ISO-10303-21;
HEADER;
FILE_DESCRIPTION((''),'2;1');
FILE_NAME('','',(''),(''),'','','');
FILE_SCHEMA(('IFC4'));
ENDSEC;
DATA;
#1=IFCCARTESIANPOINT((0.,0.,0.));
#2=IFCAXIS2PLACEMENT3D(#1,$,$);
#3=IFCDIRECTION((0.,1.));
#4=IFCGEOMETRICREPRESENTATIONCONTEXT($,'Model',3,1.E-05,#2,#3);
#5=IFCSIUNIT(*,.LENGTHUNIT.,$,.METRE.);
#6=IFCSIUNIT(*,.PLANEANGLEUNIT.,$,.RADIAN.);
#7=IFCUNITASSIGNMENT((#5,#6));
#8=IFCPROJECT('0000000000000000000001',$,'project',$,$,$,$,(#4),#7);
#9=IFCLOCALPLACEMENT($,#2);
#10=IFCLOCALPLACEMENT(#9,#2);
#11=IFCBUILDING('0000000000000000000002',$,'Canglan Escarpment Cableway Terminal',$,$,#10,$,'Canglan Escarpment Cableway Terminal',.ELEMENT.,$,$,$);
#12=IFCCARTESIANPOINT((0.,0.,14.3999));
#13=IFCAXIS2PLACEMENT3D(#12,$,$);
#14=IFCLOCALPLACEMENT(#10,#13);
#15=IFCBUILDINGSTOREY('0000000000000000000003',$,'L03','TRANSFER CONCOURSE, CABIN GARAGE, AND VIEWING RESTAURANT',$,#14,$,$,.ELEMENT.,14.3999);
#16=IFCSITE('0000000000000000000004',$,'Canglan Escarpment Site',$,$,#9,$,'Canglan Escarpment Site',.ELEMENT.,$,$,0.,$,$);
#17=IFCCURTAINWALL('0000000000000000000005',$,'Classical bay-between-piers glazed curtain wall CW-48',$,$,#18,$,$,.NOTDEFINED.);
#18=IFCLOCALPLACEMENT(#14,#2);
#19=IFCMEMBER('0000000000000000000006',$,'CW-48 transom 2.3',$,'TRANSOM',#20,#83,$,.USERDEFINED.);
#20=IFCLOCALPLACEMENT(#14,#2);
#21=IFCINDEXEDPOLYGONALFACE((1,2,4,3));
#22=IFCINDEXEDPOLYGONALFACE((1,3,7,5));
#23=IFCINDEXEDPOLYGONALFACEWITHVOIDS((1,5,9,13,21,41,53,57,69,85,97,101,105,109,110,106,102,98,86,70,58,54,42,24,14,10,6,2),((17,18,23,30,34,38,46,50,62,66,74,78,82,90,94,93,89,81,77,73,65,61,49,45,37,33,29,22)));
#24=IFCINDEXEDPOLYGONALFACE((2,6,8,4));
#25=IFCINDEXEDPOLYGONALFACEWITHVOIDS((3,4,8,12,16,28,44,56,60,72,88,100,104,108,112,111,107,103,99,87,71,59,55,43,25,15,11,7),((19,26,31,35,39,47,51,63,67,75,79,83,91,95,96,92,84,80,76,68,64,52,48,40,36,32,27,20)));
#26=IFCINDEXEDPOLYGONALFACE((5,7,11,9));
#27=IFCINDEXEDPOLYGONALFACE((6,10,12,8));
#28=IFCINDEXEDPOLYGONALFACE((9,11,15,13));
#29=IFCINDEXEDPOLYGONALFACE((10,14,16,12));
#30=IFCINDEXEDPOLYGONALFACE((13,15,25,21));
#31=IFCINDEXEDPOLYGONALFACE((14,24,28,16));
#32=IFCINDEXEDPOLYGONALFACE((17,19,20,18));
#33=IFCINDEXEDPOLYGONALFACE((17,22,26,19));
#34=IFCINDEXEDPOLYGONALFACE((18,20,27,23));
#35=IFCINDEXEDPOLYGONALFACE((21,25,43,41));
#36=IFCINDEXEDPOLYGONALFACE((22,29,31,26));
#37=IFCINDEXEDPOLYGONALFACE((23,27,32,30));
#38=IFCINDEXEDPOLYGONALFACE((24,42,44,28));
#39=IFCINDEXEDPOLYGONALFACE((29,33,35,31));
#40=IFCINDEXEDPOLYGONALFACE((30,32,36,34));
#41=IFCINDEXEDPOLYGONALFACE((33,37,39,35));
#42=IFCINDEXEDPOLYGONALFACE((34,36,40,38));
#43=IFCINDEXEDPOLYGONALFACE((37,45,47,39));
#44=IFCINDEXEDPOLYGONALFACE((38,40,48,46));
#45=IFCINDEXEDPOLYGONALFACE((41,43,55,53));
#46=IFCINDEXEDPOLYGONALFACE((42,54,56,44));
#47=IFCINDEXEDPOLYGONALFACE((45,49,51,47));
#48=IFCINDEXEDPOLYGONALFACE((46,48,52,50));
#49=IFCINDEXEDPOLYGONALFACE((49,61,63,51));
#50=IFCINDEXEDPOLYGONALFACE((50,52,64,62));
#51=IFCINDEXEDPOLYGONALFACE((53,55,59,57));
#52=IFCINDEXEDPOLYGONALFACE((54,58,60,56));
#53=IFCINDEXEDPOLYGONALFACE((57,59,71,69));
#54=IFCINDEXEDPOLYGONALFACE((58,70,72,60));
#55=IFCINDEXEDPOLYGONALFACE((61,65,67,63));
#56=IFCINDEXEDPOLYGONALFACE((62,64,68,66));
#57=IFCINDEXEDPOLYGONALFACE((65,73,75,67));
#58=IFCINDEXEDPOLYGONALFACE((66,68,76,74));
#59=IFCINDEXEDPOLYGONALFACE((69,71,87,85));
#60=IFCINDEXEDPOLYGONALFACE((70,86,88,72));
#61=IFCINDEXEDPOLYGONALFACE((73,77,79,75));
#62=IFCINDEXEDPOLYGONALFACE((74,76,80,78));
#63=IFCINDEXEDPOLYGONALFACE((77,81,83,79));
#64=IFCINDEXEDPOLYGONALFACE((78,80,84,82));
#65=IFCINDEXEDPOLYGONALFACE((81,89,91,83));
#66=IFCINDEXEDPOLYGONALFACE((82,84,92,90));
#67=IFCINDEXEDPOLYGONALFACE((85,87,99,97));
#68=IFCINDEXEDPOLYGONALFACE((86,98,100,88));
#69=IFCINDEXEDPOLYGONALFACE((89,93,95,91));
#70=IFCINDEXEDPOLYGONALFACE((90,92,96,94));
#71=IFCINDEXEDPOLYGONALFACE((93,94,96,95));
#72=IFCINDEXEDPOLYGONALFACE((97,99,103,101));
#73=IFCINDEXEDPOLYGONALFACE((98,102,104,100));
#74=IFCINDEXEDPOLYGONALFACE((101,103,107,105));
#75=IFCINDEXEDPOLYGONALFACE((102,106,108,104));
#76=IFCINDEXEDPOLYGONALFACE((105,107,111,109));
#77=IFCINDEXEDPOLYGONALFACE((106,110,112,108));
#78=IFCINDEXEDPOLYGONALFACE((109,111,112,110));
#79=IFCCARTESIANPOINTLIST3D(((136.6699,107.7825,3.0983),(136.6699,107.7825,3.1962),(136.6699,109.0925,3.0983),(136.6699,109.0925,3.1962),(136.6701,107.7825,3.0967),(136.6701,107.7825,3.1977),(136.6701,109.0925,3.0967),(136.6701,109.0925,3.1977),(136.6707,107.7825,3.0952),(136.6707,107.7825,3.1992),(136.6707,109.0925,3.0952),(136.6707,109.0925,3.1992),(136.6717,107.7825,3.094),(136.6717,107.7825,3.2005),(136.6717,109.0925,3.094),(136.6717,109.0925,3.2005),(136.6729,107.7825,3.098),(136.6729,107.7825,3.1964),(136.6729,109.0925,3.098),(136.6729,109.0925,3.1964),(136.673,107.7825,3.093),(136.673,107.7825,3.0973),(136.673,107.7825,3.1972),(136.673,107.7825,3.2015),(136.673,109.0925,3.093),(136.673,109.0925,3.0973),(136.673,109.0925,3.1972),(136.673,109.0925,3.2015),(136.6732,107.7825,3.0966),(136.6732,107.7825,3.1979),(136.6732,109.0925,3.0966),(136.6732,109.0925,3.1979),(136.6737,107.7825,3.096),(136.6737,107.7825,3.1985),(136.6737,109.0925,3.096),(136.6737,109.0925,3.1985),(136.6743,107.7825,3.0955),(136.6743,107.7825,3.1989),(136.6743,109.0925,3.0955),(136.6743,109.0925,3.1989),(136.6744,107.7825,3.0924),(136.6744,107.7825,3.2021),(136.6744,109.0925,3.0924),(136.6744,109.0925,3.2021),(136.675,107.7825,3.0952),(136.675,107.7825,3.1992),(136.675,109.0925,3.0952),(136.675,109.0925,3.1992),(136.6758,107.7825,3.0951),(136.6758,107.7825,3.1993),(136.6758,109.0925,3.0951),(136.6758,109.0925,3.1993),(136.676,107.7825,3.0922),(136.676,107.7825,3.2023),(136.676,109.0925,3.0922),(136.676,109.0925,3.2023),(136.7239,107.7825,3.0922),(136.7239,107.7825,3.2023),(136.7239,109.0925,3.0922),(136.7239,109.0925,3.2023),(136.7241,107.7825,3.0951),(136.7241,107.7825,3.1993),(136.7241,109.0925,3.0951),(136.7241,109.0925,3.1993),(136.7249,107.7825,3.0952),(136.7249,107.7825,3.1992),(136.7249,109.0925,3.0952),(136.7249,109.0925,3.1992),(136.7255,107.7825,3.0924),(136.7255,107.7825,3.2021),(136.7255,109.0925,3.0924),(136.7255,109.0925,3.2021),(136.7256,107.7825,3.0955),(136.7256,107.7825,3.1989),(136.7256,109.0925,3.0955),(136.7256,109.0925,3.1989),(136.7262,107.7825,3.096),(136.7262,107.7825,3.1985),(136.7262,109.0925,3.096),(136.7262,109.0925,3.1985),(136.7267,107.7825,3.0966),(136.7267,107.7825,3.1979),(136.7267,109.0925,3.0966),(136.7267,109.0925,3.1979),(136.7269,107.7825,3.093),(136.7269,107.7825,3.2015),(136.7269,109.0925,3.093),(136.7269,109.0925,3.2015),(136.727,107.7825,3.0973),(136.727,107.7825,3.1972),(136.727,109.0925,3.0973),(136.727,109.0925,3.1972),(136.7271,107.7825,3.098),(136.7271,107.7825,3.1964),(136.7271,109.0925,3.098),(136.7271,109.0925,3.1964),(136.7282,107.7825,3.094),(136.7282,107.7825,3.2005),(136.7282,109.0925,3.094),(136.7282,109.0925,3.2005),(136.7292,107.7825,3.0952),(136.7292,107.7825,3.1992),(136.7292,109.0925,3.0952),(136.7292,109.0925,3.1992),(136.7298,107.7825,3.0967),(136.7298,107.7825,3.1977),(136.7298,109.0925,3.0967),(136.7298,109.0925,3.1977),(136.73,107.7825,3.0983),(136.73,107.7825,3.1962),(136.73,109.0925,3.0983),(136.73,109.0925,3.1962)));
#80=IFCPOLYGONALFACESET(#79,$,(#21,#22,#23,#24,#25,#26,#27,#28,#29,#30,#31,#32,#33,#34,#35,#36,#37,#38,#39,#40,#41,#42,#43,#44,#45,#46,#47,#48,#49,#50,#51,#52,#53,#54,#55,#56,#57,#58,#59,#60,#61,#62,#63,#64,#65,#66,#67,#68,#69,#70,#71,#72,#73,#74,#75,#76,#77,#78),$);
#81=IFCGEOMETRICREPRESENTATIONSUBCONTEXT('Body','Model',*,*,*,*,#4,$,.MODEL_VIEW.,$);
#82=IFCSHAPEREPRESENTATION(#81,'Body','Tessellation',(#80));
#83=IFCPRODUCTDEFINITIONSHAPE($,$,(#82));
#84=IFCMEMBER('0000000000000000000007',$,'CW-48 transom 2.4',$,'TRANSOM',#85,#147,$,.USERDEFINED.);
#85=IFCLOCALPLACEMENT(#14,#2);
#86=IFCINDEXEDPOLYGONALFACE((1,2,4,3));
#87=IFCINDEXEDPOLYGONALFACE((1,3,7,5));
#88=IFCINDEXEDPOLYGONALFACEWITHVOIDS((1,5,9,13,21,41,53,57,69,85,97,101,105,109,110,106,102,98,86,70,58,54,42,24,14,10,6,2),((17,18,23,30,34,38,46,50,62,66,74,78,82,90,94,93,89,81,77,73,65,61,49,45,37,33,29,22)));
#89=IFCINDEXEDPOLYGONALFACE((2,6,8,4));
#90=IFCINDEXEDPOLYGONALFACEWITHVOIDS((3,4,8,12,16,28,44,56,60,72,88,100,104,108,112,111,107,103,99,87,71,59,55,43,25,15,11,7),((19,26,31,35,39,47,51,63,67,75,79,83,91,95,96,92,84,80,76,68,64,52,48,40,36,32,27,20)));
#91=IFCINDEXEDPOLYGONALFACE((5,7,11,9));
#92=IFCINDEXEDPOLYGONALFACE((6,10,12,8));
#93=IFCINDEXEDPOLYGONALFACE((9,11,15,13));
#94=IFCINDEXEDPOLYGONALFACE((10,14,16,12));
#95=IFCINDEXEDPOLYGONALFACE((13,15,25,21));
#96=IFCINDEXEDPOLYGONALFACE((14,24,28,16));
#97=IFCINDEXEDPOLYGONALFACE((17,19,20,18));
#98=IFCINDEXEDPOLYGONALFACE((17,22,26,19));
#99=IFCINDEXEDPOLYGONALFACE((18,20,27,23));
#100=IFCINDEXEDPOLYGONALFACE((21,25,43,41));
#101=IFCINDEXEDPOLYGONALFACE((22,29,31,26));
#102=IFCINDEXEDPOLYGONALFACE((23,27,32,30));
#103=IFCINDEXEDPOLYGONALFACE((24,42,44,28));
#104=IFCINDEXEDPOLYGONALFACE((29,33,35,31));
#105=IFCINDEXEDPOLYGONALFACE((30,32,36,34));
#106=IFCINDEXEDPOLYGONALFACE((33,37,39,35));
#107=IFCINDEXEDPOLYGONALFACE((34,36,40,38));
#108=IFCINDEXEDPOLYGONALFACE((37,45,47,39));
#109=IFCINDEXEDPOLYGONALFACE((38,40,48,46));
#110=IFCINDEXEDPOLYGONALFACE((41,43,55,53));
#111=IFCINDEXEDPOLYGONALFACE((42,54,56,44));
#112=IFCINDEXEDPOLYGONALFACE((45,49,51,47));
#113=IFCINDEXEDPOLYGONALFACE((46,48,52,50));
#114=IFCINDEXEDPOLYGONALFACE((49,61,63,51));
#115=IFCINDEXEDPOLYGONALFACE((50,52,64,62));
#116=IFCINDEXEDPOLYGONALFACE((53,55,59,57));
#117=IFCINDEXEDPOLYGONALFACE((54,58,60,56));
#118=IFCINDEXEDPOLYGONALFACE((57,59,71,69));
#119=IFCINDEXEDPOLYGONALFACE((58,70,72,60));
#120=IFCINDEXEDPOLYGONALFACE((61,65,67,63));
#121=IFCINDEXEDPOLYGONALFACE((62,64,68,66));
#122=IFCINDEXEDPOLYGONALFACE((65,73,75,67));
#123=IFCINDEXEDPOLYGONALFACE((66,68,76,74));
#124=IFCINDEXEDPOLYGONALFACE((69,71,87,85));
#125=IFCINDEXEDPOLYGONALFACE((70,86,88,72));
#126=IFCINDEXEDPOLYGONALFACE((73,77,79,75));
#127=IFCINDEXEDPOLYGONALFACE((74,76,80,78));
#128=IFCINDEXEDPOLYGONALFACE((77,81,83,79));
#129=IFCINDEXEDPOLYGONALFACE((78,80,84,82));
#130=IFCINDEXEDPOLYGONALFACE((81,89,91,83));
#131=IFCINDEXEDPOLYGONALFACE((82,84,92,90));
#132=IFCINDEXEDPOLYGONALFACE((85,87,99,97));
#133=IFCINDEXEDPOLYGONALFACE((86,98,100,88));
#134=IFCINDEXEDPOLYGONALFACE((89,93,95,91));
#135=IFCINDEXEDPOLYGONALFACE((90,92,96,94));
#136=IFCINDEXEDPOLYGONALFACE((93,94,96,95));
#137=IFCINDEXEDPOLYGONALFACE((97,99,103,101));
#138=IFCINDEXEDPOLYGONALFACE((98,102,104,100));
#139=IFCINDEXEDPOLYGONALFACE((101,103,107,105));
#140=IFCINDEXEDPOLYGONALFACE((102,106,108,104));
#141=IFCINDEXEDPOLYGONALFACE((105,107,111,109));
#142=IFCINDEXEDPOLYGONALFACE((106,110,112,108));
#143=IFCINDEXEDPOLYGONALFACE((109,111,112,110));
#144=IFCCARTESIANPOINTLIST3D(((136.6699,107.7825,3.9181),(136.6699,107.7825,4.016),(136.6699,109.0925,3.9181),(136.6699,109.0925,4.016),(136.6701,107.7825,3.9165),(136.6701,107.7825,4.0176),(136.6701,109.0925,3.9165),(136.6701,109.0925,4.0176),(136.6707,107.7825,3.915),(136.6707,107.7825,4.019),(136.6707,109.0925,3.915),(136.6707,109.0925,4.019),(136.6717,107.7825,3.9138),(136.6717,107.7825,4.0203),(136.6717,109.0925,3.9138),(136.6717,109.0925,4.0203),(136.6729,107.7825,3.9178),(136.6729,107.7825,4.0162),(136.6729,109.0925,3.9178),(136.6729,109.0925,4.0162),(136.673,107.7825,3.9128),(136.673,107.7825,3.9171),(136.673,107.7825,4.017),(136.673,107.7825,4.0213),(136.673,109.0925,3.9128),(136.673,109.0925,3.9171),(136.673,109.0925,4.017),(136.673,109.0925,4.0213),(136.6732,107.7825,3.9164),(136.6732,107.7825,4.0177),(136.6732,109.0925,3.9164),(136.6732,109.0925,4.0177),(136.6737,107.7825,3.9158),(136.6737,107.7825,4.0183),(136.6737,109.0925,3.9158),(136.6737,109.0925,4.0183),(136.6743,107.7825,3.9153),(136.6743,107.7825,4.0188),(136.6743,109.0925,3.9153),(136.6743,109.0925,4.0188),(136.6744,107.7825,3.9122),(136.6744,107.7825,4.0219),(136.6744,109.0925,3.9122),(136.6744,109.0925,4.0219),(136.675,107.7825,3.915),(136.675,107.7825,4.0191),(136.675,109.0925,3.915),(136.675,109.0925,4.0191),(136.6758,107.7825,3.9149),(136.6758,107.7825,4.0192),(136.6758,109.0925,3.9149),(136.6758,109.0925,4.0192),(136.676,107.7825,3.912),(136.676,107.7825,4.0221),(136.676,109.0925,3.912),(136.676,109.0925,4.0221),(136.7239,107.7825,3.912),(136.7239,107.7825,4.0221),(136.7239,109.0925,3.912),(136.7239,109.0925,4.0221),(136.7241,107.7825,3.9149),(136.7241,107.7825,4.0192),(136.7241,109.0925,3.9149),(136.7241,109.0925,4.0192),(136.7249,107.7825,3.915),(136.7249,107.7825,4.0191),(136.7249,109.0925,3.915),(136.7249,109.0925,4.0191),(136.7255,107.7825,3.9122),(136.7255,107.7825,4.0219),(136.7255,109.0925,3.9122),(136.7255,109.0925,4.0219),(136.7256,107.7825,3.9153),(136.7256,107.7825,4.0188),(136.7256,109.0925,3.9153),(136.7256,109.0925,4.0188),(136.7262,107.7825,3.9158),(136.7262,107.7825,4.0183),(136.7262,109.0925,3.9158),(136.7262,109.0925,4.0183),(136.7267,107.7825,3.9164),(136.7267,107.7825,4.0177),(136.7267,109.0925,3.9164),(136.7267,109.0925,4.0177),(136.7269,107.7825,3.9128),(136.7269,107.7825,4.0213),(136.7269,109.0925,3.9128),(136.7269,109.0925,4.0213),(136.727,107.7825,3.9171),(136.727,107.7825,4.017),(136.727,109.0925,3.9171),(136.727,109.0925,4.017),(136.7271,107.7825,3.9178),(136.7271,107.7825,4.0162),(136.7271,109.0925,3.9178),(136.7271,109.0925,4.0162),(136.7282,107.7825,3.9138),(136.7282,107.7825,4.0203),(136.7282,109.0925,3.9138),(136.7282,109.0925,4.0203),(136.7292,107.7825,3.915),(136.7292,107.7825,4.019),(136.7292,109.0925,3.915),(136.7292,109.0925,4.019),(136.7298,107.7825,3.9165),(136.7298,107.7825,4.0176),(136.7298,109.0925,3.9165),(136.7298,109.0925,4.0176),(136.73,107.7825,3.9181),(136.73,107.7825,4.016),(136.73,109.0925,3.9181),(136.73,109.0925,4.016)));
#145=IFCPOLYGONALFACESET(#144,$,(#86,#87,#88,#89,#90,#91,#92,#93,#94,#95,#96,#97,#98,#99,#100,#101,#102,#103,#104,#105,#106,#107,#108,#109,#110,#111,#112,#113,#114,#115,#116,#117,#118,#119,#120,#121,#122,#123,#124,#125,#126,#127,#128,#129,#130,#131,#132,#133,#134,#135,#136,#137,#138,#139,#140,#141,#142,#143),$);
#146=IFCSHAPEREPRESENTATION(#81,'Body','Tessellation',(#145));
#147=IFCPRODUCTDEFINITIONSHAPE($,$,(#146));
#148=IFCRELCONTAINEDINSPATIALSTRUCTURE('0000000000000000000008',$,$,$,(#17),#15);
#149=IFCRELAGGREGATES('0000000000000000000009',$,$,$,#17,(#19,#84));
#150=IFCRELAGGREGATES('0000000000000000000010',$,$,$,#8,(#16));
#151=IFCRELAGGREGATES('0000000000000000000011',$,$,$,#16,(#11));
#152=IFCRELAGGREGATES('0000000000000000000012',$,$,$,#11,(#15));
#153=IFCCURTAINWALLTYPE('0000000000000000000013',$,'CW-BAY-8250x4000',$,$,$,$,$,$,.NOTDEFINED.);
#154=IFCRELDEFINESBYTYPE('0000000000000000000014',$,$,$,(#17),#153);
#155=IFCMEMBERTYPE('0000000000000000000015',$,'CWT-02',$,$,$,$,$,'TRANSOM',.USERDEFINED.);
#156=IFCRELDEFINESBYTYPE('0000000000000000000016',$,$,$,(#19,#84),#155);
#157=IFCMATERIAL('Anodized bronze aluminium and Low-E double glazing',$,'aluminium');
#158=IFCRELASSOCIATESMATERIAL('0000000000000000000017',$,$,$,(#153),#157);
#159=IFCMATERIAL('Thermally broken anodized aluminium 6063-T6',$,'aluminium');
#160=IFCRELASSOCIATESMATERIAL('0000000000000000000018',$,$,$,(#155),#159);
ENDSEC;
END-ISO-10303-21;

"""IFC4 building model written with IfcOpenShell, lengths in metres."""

from ifc_helpers import new_model, si_unit, direction, frame, origin, origin_2d, place, context, subcontext, project, spatial, hollow_rectangle, extrude, material, material_profile, profile_set, type_object, element, aggregate, save


model = new_model("IFC4")

# Units and contexts
model_context = context("Model", 3, precision=1e-05, world=origin(), true_north=direction((0.0, 1.0)))
body_context = subcontext(model_context, "Body", "Model", "MODEL_VIEW")
ifc_project = project(units=[si_unit("LENGTHUNIT", "METRE"), si_unit("PLANEANGLEUNIT", "RADIAN")], contexts=[model_context])

# Site, building, storey
site_placement = place(None, origin())
site = spatial("IfcSite", under=ifc_project, at=site_placement, Name="Canglan Escarpment Site", LongName="Canglan Escarpment Site", CompositionType="ELEMENT", RefElevation=0.0)
building_placement = place(site_placement, origin())
building = spatial("IfcBuilding", under=site, at=building_placement, Name="Canglan Escarpment Cableway Terminal", LongName="Canglan Escarpment Cableway Terminal", CompositionType="ELEMENT")
storey_placement = place(building_placement, frame((0.0, 0.0, 14.3999)))
storey = spatial("IfcBuildingStorey", under=building, at=storey_placement, Name="L03", Description="TRANSFER CONCOURSE, CABIN GARAGE, AND VIEWING RESTAURANT", CompositionType="ELEMENT", Elevation=14.3999)

# Curtain wall, members
ifc_material_1 = material(Name="Anodized bronze aluminium and Low-E double glazing", Category="aluminium")
curtain_wall_type_1 = type_object("IfcCurtainWallType", Name="CW-BAY-8250x4000", PredefinedType="NOTDEFINED", material=ifc_material_1)
curtain_wall_1_placement = place(storey_placement, origin())
curtain_wall_1 = element("IfcCurtainWall", 1, at=curtain_wall_1_placement, inside=storey, type_object=curtain_wall_type_1, Name="Classical bay-between-piers glazed curtain wall CW-48", PredefinedType="NOTDEFINED")
ifc_material_2 = material(Name="Thermally broken anodized aluminium 6063-T6", Category="aluminium")
ifc_material_profile_1 = material_profile(ifc_material_2, hollow_rectangle(XDim=0.0601, YDim=0.1101, WallThickness=0.0029, InnerFilletRadius=0.0029, OuterFilletRadius=0.0061, at=origin_2d()), Name="ALU-TRAN 60x110x3")
ifc_profile_set_1 = profile_set([ifc_material_profile_1], Name="Thermally broken anodized aluminium 6063-T6")
member_type_1 = type_object("IfcMemberType", Name="CWT-02", ElementType="TRANSOM", PredefinedType="USERDEFINED", material=ifc_profile_set_1)
member_1_placement = place(storey_placement, frame((136.7, 107.7825, 3.1472), z_axis=(0.0, 1.0, 0.0), x_axis=(-1.0, 0.0, 0.0)))
member_1 = element("IfcMember", 2, at=member_1_placement, type_object=member_type_1, Name="CW-48 transom 2.3", ObjectType="TRANSOM", PredefinedType="USERDEFINED", context=body_context, shape_type="SweptSolid", body=[
    extrude(hollow_rectangle(XDim=0.0601, YDim=0.1101, WallThickness=0.0029, InnerFilletRadius=0.0029, OuterFilletRadius=0.0061, at=origin_2d()), origin(), (0.0, 0.0, 1.0), 1.3101),
])
member_2_placement = place(storey_placement, frame((136.7, 107.7825, 3.967), z_axis=(0.0, 1.0, 0.0), x_axis=(-1.0, 0.0, 0.0)))
member_2 = element("IfcMember", 3, at=member_2_placement, type_object=member_type_1, Name="CW-48 transom 2.4", ObjectType="TRANSOM", PredefinedType="USERDEFINED", context=body_context, shape_type="SweptSolid", body=[
    extrude(hollow_rectangle(XDim=0.0601, YDim=0.1101, WallThickness=0.0029, InnerFilletRadius=0.0029, OuterFilletRadius=0.0061, at=origin_2d()), origin(), (0.0, 0.0, 1.0), 1.3101),
])

aggregate(curtain_wall_1, [member_1, member_2])

save(model, "model.ifc")
